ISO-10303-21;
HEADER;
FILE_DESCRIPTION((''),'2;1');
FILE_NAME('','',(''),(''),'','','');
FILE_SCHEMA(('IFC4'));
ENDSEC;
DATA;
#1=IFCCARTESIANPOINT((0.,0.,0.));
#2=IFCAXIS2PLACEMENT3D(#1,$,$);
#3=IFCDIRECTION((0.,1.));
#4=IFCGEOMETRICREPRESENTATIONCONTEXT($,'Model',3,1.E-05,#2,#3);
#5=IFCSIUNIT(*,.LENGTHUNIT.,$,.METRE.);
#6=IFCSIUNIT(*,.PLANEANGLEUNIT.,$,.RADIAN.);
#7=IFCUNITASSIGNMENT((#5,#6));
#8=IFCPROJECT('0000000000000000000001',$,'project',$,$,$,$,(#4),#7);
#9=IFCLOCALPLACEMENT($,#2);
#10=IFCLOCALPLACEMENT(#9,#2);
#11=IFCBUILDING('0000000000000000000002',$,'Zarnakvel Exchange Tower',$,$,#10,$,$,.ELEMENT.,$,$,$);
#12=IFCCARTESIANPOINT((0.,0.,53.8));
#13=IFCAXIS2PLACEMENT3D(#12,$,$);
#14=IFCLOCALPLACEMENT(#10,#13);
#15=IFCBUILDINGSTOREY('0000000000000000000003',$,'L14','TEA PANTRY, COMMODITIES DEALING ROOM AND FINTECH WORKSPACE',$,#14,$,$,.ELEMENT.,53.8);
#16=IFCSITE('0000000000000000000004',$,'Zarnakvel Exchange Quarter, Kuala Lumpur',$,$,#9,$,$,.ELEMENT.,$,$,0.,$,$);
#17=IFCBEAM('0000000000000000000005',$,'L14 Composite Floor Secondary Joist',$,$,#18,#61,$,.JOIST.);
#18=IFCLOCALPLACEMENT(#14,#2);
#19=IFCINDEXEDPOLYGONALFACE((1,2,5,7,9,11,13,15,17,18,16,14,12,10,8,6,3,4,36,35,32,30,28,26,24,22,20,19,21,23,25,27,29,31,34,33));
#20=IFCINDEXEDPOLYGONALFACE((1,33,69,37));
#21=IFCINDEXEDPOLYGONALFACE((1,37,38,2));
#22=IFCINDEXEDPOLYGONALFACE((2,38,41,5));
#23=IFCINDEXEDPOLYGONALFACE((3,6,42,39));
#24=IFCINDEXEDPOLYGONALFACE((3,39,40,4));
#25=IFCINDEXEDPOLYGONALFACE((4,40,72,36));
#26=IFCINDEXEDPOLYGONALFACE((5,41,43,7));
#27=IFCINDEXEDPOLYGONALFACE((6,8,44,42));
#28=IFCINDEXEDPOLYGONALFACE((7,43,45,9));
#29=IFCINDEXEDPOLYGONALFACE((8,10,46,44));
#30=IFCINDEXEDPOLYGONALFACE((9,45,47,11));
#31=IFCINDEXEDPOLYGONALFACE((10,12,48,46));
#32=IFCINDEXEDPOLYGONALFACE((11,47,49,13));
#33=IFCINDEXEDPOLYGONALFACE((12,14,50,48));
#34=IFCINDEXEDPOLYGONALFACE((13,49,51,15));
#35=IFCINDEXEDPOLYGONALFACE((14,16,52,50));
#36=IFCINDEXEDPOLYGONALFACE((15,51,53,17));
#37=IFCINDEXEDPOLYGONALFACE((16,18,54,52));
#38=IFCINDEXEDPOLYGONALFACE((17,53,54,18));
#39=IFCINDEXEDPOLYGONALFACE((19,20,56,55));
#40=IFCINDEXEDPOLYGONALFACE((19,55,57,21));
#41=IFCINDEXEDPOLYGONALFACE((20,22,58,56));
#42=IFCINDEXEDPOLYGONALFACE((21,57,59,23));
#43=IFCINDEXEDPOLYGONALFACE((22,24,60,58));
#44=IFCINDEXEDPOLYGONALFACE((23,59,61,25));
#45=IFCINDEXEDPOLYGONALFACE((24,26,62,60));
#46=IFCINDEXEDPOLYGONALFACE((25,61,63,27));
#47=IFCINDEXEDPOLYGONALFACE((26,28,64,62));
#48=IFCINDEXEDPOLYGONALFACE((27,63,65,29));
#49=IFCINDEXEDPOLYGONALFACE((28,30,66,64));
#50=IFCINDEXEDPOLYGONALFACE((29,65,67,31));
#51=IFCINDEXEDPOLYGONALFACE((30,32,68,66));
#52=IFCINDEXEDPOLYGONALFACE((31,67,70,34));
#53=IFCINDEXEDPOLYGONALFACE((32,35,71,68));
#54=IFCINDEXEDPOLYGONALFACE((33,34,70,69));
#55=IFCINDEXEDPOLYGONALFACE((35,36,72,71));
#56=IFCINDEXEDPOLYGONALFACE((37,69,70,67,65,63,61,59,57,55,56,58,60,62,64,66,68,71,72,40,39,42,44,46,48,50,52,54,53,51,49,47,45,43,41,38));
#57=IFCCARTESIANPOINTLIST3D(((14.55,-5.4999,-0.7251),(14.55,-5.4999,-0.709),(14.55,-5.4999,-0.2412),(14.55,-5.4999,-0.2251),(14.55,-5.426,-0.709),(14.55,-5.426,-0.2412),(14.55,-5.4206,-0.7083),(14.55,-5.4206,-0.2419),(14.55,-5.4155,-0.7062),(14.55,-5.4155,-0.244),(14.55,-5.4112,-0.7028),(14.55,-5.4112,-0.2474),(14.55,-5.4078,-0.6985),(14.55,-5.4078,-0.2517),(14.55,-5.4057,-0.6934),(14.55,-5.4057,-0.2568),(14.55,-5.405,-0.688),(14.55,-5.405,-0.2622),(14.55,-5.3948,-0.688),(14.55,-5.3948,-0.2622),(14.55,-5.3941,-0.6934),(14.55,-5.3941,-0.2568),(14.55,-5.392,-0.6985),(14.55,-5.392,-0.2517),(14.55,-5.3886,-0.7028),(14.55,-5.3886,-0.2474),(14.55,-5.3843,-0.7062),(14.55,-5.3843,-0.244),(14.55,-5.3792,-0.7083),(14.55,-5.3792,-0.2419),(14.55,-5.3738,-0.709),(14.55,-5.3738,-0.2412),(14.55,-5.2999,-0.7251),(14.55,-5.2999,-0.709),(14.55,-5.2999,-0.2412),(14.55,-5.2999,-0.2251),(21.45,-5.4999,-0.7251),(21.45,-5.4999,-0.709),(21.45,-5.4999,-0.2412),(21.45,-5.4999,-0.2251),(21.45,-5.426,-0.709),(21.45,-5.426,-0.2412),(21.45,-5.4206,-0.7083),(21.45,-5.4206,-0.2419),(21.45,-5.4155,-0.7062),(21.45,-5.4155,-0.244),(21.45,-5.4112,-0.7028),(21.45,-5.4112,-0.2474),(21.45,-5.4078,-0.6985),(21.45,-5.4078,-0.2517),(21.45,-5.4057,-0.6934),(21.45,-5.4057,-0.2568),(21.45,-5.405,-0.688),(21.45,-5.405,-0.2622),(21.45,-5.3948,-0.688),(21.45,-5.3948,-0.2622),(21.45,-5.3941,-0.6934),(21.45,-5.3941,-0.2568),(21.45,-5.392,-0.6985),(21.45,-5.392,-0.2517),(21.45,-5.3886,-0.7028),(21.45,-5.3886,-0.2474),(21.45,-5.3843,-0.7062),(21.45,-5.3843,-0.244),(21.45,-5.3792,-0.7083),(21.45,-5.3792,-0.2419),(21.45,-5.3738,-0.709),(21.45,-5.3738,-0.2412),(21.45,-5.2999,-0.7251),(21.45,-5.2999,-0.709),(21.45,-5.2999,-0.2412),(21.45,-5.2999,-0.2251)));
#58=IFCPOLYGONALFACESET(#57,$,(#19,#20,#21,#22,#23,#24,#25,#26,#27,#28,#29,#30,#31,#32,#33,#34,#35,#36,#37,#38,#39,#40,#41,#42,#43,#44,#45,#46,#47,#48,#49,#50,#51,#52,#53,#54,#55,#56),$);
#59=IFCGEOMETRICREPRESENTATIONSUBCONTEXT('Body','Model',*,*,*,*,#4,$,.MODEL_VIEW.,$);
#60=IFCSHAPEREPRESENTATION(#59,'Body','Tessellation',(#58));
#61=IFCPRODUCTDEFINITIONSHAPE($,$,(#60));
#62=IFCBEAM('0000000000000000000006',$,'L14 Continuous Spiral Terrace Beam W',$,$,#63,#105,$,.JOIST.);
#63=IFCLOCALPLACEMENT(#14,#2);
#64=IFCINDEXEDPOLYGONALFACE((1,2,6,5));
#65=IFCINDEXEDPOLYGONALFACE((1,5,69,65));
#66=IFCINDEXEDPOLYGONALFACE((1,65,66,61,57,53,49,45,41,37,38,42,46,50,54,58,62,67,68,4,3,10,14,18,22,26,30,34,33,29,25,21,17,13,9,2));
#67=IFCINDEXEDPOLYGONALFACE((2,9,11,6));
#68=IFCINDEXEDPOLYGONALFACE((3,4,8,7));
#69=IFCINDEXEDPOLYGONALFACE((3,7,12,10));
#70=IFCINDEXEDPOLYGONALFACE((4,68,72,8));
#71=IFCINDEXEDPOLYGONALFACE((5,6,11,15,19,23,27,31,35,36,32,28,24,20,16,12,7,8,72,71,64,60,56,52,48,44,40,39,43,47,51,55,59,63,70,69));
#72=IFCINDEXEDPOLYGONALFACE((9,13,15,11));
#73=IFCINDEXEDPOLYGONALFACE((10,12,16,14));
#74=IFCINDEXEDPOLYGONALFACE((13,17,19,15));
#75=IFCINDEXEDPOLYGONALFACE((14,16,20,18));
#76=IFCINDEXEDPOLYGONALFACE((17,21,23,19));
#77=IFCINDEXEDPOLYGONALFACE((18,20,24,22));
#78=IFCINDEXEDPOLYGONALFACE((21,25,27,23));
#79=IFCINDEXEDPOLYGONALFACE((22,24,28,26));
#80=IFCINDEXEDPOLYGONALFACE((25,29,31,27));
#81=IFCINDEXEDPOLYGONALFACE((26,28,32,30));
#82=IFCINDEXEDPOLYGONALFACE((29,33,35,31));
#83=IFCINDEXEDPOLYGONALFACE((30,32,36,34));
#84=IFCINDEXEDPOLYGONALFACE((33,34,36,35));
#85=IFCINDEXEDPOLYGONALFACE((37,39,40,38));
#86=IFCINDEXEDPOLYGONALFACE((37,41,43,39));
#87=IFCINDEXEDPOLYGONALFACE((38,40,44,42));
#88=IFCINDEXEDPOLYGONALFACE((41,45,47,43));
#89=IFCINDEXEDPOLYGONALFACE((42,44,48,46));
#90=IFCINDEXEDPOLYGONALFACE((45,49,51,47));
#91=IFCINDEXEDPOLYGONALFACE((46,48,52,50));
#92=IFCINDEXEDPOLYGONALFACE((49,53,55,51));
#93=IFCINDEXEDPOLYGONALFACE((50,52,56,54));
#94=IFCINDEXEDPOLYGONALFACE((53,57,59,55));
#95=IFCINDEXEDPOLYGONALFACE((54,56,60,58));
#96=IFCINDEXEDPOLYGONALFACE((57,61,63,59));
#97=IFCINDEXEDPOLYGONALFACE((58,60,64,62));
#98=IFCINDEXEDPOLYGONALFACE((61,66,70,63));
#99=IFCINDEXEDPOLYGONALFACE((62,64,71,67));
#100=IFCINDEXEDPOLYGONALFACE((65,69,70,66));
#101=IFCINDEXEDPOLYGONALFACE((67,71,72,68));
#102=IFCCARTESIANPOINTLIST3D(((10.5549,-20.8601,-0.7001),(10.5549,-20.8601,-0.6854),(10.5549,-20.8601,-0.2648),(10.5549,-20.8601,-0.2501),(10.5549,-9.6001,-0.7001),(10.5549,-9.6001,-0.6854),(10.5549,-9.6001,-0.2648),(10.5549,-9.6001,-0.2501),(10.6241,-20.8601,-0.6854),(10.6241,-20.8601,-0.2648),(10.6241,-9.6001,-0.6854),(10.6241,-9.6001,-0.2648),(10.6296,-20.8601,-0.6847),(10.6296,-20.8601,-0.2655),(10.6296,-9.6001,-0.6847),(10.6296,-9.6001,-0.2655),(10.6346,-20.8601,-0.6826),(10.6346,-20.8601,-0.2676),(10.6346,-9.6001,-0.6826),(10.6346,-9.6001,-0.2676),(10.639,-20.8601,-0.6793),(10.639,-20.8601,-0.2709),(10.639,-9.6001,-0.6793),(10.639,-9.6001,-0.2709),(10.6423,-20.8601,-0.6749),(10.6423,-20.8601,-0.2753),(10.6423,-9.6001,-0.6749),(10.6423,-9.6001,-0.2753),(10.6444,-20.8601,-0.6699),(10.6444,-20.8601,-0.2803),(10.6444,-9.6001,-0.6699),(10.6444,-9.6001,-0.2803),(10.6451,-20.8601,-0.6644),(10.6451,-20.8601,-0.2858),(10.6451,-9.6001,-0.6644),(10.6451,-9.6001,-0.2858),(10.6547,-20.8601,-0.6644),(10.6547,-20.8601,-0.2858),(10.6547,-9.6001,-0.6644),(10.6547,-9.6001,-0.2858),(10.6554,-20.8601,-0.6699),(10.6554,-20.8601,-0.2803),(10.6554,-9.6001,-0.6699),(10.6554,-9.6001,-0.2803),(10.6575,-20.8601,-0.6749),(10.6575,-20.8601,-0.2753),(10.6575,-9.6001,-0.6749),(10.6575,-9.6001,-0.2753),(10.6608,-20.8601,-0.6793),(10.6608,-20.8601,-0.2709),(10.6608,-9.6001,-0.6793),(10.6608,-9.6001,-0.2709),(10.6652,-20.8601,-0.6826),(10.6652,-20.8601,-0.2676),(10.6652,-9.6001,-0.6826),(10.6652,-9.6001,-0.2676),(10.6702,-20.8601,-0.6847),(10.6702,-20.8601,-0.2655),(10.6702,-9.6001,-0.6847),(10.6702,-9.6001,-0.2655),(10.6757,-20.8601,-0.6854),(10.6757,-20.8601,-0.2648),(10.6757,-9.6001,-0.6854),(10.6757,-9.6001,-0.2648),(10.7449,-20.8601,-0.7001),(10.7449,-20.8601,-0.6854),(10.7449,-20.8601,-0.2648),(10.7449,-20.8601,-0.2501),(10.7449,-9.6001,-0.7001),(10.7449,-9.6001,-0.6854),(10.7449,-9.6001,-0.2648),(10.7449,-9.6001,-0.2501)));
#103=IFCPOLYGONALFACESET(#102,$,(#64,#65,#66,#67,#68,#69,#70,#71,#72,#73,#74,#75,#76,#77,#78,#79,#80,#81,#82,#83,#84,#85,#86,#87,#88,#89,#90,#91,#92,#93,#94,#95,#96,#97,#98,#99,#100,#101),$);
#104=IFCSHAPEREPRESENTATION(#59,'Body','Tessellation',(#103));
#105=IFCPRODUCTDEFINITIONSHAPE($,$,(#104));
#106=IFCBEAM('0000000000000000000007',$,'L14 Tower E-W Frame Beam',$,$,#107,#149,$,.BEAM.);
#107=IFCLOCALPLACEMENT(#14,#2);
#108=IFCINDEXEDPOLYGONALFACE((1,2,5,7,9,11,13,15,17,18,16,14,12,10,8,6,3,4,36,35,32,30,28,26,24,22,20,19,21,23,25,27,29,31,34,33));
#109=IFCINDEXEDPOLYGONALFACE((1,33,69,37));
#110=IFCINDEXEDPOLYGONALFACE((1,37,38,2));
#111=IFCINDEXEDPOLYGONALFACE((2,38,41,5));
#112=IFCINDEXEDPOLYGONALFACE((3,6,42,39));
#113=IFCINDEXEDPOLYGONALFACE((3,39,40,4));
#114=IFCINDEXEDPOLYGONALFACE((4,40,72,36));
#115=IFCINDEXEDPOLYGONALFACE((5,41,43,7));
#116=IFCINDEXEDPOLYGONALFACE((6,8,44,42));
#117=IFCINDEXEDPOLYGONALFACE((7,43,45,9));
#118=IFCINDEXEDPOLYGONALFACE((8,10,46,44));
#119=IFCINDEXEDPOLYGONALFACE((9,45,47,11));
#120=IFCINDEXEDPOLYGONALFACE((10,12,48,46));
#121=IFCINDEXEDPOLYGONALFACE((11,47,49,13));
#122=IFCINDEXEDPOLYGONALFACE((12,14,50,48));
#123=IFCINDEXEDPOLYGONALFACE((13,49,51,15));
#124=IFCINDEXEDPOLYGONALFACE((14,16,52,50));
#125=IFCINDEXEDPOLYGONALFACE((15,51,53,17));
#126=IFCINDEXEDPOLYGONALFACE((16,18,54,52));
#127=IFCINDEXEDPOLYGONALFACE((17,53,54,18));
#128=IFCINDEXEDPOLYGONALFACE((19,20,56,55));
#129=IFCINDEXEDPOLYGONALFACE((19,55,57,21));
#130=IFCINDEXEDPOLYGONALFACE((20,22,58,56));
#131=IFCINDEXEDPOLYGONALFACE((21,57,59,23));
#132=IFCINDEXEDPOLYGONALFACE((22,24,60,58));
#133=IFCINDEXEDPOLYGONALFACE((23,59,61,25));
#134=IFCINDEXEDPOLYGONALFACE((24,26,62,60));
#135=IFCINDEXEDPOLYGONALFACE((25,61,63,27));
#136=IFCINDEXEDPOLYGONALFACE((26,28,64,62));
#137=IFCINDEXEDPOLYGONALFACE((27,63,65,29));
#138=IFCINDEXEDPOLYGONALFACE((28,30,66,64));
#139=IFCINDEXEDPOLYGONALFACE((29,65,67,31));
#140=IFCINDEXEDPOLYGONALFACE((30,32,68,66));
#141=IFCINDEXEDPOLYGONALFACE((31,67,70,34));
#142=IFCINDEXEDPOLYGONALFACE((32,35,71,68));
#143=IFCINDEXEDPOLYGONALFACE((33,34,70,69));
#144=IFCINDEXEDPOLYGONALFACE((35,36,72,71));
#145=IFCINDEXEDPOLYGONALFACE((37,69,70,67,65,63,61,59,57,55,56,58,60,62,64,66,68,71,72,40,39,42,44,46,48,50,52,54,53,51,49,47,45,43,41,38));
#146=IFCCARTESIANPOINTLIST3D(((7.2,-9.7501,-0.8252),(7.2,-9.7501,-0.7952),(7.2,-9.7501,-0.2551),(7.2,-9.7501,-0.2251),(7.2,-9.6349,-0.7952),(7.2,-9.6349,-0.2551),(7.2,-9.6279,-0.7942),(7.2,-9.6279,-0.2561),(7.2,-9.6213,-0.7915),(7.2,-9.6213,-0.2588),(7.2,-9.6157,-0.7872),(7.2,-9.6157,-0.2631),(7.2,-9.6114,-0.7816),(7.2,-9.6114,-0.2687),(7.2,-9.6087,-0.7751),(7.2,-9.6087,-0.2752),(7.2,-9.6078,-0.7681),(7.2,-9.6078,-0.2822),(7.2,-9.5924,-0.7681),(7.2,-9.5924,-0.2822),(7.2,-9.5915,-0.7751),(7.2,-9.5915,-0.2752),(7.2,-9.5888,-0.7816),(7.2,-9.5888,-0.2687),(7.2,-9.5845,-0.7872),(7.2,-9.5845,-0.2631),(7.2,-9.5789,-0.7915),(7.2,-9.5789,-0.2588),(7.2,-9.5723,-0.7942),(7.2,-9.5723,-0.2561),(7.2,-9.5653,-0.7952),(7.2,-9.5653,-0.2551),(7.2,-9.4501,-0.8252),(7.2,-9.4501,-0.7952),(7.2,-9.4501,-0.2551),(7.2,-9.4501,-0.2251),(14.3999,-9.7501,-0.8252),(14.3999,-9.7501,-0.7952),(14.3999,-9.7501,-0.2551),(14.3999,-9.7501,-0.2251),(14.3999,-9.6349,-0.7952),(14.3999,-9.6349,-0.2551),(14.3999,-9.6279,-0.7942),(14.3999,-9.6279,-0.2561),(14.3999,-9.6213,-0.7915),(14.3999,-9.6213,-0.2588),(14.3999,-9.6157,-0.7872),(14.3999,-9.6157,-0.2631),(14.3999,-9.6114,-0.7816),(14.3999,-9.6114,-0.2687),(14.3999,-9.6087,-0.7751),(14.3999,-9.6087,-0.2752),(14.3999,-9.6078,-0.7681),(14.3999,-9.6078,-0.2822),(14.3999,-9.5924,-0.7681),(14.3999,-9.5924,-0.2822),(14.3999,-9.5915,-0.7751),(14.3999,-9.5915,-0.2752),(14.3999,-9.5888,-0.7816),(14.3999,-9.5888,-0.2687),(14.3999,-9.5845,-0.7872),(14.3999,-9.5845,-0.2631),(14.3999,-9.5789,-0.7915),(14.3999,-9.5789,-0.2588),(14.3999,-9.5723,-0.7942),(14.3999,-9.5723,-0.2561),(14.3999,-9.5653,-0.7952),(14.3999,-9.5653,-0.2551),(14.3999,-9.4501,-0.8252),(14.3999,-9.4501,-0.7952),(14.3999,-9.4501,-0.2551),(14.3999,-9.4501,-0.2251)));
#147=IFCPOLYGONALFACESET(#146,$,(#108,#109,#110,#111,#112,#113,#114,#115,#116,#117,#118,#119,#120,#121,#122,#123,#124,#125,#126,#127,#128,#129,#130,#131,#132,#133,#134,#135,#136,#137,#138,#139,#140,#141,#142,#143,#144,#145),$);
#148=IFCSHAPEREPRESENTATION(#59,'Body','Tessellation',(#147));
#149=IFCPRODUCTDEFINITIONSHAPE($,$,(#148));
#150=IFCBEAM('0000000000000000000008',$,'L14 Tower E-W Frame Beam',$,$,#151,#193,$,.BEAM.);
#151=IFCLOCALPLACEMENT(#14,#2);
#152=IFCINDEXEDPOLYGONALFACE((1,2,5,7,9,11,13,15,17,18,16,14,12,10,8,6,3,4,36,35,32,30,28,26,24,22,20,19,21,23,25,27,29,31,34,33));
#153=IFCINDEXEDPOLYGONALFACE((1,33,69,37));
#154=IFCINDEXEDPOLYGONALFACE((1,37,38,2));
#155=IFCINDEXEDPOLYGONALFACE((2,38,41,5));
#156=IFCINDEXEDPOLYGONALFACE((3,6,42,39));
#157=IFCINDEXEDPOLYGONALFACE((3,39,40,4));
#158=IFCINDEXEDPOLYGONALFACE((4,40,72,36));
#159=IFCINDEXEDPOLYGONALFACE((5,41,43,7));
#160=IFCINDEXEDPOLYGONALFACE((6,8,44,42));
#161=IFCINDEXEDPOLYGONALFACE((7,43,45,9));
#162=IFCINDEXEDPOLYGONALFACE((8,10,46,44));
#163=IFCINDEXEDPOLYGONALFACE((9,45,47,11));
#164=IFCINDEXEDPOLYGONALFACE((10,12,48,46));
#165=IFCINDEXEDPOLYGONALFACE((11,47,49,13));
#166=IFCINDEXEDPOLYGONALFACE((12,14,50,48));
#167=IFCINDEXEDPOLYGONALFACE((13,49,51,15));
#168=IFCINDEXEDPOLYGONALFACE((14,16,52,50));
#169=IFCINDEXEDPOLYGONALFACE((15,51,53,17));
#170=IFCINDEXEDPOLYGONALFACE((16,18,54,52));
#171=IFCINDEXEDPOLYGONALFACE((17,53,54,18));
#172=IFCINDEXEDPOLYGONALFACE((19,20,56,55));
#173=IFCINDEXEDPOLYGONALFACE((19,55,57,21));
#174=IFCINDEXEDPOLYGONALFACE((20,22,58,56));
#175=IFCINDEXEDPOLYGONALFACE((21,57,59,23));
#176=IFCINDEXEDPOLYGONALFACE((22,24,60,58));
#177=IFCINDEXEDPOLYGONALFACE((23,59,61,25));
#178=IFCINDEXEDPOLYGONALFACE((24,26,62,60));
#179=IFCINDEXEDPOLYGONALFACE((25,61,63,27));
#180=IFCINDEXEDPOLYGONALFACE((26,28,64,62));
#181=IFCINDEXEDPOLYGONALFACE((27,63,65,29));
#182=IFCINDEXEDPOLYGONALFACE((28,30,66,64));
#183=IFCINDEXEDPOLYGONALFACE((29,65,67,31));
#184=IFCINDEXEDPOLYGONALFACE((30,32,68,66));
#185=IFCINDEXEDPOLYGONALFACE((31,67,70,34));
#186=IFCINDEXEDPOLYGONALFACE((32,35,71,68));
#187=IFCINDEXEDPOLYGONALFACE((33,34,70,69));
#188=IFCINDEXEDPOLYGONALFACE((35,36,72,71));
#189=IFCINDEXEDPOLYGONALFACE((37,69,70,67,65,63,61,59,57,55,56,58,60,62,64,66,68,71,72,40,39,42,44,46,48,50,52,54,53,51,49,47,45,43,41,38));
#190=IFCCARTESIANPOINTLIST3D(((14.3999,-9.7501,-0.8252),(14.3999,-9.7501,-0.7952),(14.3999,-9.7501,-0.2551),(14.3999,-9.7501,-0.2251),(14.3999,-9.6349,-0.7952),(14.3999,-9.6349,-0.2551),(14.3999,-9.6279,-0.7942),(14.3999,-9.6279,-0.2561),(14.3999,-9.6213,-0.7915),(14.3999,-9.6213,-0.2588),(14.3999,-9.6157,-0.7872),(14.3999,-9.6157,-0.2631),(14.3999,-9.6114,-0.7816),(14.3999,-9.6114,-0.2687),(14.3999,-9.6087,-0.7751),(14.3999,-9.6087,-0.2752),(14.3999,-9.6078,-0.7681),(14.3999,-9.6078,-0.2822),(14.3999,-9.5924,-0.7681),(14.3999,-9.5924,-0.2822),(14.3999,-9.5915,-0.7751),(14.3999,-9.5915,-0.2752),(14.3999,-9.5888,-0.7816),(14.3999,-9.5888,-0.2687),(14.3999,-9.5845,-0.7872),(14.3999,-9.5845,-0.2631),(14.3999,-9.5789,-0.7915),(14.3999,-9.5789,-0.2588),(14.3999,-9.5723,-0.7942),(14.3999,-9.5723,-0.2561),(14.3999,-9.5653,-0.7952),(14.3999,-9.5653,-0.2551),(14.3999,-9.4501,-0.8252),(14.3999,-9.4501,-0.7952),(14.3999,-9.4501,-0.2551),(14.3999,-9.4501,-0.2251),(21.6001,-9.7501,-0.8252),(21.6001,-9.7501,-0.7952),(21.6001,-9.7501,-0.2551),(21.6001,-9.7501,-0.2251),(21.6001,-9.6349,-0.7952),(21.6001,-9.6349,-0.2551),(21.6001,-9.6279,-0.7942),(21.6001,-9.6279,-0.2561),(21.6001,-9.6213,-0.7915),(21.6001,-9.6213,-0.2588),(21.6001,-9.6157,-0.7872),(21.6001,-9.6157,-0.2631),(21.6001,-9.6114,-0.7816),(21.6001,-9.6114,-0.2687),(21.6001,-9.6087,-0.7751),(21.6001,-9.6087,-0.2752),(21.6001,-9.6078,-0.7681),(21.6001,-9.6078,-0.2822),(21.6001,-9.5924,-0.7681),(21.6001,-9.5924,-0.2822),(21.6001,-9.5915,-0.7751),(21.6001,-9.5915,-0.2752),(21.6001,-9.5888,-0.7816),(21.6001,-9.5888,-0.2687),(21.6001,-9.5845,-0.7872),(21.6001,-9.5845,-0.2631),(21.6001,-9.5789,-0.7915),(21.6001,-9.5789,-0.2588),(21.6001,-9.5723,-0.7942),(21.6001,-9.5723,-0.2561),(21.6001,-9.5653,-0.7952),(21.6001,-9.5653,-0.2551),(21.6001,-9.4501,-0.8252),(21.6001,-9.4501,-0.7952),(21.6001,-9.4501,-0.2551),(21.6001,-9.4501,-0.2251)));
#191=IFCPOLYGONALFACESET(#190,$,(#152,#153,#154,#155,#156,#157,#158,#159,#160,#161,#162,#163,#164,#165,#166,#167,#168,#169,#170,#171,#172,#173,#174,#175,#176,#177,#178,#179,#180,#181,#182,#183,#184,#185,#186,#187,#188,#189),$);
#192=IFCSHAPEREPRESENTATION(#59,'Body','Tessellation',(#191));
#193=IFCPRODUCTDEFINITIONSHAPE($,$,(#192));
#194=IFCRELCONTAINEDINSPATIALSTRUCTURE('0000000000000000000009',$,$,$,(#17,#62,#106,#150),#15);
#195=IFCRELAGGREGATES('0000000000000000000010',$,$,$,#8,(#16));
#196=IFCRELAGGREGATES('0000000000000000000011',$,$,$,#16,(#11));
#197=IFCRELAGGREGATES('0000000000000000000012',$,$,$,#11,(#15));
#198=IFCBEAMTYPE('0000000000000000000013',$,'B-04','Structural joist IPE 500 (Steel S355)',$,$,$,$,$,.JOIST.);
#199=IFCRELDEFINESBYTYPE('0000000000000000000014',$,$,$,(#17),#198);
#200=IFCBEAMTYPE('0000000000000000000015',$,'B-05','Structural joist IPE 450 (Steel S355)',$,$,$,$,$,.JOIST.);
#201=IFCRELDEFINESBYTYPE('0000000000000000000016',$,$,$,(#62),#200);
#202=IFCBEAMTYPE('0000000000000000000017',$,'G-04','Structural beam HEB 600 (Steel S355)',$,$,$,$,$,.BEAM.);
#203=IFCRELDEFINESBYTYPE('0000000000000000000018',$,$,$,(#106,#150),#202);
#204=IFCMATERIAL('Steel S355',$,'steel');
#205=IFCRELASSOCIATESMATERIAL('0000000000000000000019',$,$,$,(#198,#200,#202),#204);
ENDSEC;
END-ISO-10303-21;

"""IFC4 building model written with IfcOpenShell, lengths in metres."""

from ifc_helpers import new_model, si_unit, direction, frame, origin, origin_2d, place, context, subcontext, project, spatial, i_section, extrude, material, material_profile, profile_set, type_object, element, save


model = new_model("IFC4")

# Units and contexts
model_context = context("Model", 3, precision=1e-05, world=origin(), true_north=direction((0.0, 1.0)))
body_context = subcontext(model_context, "Body", "Model", "MODEL_VIEW")
ifc_project = project(units=[si_unit("LENGTHUNIT", "METRE"), si_unit("PLANEANGLEUNIT", "RADIAN")], contexts=[model_context])

# Site, building, storey
site_placement = place(None, origin())
site = spatial("IfcSite", under=ifc_project, at=site_placement, Name="Zarnakvel Exchange Quarter, Kuala Lumpur", CompositionType="ELEMENT", RefElevation=0.0)
building_placement = place(site_placement, origin())
building = spatial("IfcBuilding", under=site, at=building_placement, Name="Zarnakvel Exchange Tower", CompositionType="ELEMENT")
storey_placement = place(building_placement, frame((0.0, 0.0, 53.8)))
storey = spatial("IfcBuildingStorey", under=building, at=storey_placement, Name="L14", Description="TEA PANTRY, COMMODITIES DEALING ROOM AND FINTECH WORKSPACE", CompositionType="ELEMENT", Elevation=53.8)

# Beams
ifc_material_1 = material(Name="Steel S355", Category="steel")
ifc_material_profile_1 = material_profile(ifc_material_1, i_section(OverallWidth=0.2, OverallDepth=0.5, WebThickness=0.0103, FlangeThickness=0.0161, FilletRadius=0.021, at=origin_2d()))
ifc_profile_set_1 = profile_set([ifc_material_profile_1], Name="Steel S355")
beam_type_1 = type_object("IfcBeamType", Name="B-04", Description="Structural joist IPE 500 (Steel S355)", PredefinedType="JOIST", material=ifc_profile_set_1)
beam_1_placement = place(storey_placement, frame((14.55, -5.3999, -0.4751), z_axis=(1.0, 0.0, 0.0), x_axis=(0.0, 1.0, 0.0)))
element("IfcBeam", 1, at=beam_1_placement, inside=storey, type_object=beam_type_1, Name="L14 Composite Floor Secondary Joist", PredefinedType="JOIST", context=body_context, shape_type="SweptSolid", body=[
    extrude(i_section(OverallWidth=0.2, OverallDepth=0.5, WebThickness=0.0103, FlangeThickness=0.0161, FilletRadius=0.021, at=origin_2d()), origin(), (0.0, 0.0, 1.0), 6.8999),
])
ifc_material_profile_2 = material_profile(ifc_material_1, i_section(OverallWidth=0.1899, OverallDepth=0.45, WebThickness=0.0095, FlangeThickness=0.0146, FilletRadius=0.021, at=origin_2d()))
ifc_profile_set_2 = profile_set([ifc_material_profile_2], Name="Steel S355")
beam_type_2 = type_object("IfcBeamType", Name="B-05", Description="Structural joist IPE 450 (Steel S355)", PredefinedType="JOIST", material=ifc_profile_set_2)
beam_2_placement = place(storey_placement, frame((10.6499, -9.6001, -0.4751), z_axis=(0.0, -1.0, 0.0), x_axis=(1.0, 0.0, 0.0)))
element("IfcBeam", 2, at=beam_2_placement, inside=storey, type_object=beam_type_2, Name="L14 Continuous Spiral Terrace Beam W", PredefinedType="JOIST", context=body_context, shape_type="SweptSolid", body=[
    extrude(i_section(OverallWidth=0.1899, OverallDepth=0.45, WebThickness=0.0095, FlangeThickness=0.0146, FilletRadius=0.021, at=origin_2d()), origin(), (0.0, 0.0, 1.0), 11.26),
])
ifc_material_profile_3 = material_profile(ifc_material_1, i_section(OverallWidth=0.3, OverallDepth=0.6001, WebThickness=0.0154, FlangeThickness=0.03, FilletRadius=0.0271, at=origin_2d()))
ifc_profile_set_3 = profile_set([ifc_material_profile_3], Name="Steel S355")
beam_type_3 = type_object("IfcBeamType", Name="G-04", Description="Structural beam HEB 600 (Steel S355)", PredefinedType="BEAM", material=ifc_profile_set_3)
beam_3_placement = place(storey_placement, frame((7.2, -9.6001, -0.5251), z_axis=(1.0, 0.0, 0.0), x_axis=(0.0, 1.0, 0.0)))
element("IfcBeam", 3, at=beam_3_placement, inside=storey, type_object=beam_type_3, Name="L14 Tower E-W Frame Beam", PredefinedType="BEAM", context=body_context, shape_type="SweptSolid", body=[
    extrude(i_section(OverallWidth=0.3, OverallDepth=0.6001, WebThickness=0.0154, FlangeThickness=0.03, FilletRadius=0.0271, at=origin_2d()), origin(), (0.0, 0.0, 1.0), 7.2),
])
for number, where, z_axis, x_axis, name in (
    (4, (14.3999, -9.6001, -0.5251), (1.0, 0.0, 0.0), (0.0, 1.0, 0.0), "L14 Tower E-W Frame Beam"),
):
    element("IfcBeam", number, at=place(storey_placement, frame(where, z_axis=z_axis, x_axis=x_axis)), inside=storey, type_object=beam_type_3, Name=name, PredefinedType="BEAM", context=body_context, shape_type="SweptSolid", body=[
        extrude(i_section(OverallWidth=0.3, OverallDepth=0.6001, WebThickness=0.0154, FlangeThickness=0.03, FilletRadius=0.0271, at=origin_2d()), origin(), (0.0, 0.0, 1.0), 7.2002),
    ])

save(model, "model.ifc")
